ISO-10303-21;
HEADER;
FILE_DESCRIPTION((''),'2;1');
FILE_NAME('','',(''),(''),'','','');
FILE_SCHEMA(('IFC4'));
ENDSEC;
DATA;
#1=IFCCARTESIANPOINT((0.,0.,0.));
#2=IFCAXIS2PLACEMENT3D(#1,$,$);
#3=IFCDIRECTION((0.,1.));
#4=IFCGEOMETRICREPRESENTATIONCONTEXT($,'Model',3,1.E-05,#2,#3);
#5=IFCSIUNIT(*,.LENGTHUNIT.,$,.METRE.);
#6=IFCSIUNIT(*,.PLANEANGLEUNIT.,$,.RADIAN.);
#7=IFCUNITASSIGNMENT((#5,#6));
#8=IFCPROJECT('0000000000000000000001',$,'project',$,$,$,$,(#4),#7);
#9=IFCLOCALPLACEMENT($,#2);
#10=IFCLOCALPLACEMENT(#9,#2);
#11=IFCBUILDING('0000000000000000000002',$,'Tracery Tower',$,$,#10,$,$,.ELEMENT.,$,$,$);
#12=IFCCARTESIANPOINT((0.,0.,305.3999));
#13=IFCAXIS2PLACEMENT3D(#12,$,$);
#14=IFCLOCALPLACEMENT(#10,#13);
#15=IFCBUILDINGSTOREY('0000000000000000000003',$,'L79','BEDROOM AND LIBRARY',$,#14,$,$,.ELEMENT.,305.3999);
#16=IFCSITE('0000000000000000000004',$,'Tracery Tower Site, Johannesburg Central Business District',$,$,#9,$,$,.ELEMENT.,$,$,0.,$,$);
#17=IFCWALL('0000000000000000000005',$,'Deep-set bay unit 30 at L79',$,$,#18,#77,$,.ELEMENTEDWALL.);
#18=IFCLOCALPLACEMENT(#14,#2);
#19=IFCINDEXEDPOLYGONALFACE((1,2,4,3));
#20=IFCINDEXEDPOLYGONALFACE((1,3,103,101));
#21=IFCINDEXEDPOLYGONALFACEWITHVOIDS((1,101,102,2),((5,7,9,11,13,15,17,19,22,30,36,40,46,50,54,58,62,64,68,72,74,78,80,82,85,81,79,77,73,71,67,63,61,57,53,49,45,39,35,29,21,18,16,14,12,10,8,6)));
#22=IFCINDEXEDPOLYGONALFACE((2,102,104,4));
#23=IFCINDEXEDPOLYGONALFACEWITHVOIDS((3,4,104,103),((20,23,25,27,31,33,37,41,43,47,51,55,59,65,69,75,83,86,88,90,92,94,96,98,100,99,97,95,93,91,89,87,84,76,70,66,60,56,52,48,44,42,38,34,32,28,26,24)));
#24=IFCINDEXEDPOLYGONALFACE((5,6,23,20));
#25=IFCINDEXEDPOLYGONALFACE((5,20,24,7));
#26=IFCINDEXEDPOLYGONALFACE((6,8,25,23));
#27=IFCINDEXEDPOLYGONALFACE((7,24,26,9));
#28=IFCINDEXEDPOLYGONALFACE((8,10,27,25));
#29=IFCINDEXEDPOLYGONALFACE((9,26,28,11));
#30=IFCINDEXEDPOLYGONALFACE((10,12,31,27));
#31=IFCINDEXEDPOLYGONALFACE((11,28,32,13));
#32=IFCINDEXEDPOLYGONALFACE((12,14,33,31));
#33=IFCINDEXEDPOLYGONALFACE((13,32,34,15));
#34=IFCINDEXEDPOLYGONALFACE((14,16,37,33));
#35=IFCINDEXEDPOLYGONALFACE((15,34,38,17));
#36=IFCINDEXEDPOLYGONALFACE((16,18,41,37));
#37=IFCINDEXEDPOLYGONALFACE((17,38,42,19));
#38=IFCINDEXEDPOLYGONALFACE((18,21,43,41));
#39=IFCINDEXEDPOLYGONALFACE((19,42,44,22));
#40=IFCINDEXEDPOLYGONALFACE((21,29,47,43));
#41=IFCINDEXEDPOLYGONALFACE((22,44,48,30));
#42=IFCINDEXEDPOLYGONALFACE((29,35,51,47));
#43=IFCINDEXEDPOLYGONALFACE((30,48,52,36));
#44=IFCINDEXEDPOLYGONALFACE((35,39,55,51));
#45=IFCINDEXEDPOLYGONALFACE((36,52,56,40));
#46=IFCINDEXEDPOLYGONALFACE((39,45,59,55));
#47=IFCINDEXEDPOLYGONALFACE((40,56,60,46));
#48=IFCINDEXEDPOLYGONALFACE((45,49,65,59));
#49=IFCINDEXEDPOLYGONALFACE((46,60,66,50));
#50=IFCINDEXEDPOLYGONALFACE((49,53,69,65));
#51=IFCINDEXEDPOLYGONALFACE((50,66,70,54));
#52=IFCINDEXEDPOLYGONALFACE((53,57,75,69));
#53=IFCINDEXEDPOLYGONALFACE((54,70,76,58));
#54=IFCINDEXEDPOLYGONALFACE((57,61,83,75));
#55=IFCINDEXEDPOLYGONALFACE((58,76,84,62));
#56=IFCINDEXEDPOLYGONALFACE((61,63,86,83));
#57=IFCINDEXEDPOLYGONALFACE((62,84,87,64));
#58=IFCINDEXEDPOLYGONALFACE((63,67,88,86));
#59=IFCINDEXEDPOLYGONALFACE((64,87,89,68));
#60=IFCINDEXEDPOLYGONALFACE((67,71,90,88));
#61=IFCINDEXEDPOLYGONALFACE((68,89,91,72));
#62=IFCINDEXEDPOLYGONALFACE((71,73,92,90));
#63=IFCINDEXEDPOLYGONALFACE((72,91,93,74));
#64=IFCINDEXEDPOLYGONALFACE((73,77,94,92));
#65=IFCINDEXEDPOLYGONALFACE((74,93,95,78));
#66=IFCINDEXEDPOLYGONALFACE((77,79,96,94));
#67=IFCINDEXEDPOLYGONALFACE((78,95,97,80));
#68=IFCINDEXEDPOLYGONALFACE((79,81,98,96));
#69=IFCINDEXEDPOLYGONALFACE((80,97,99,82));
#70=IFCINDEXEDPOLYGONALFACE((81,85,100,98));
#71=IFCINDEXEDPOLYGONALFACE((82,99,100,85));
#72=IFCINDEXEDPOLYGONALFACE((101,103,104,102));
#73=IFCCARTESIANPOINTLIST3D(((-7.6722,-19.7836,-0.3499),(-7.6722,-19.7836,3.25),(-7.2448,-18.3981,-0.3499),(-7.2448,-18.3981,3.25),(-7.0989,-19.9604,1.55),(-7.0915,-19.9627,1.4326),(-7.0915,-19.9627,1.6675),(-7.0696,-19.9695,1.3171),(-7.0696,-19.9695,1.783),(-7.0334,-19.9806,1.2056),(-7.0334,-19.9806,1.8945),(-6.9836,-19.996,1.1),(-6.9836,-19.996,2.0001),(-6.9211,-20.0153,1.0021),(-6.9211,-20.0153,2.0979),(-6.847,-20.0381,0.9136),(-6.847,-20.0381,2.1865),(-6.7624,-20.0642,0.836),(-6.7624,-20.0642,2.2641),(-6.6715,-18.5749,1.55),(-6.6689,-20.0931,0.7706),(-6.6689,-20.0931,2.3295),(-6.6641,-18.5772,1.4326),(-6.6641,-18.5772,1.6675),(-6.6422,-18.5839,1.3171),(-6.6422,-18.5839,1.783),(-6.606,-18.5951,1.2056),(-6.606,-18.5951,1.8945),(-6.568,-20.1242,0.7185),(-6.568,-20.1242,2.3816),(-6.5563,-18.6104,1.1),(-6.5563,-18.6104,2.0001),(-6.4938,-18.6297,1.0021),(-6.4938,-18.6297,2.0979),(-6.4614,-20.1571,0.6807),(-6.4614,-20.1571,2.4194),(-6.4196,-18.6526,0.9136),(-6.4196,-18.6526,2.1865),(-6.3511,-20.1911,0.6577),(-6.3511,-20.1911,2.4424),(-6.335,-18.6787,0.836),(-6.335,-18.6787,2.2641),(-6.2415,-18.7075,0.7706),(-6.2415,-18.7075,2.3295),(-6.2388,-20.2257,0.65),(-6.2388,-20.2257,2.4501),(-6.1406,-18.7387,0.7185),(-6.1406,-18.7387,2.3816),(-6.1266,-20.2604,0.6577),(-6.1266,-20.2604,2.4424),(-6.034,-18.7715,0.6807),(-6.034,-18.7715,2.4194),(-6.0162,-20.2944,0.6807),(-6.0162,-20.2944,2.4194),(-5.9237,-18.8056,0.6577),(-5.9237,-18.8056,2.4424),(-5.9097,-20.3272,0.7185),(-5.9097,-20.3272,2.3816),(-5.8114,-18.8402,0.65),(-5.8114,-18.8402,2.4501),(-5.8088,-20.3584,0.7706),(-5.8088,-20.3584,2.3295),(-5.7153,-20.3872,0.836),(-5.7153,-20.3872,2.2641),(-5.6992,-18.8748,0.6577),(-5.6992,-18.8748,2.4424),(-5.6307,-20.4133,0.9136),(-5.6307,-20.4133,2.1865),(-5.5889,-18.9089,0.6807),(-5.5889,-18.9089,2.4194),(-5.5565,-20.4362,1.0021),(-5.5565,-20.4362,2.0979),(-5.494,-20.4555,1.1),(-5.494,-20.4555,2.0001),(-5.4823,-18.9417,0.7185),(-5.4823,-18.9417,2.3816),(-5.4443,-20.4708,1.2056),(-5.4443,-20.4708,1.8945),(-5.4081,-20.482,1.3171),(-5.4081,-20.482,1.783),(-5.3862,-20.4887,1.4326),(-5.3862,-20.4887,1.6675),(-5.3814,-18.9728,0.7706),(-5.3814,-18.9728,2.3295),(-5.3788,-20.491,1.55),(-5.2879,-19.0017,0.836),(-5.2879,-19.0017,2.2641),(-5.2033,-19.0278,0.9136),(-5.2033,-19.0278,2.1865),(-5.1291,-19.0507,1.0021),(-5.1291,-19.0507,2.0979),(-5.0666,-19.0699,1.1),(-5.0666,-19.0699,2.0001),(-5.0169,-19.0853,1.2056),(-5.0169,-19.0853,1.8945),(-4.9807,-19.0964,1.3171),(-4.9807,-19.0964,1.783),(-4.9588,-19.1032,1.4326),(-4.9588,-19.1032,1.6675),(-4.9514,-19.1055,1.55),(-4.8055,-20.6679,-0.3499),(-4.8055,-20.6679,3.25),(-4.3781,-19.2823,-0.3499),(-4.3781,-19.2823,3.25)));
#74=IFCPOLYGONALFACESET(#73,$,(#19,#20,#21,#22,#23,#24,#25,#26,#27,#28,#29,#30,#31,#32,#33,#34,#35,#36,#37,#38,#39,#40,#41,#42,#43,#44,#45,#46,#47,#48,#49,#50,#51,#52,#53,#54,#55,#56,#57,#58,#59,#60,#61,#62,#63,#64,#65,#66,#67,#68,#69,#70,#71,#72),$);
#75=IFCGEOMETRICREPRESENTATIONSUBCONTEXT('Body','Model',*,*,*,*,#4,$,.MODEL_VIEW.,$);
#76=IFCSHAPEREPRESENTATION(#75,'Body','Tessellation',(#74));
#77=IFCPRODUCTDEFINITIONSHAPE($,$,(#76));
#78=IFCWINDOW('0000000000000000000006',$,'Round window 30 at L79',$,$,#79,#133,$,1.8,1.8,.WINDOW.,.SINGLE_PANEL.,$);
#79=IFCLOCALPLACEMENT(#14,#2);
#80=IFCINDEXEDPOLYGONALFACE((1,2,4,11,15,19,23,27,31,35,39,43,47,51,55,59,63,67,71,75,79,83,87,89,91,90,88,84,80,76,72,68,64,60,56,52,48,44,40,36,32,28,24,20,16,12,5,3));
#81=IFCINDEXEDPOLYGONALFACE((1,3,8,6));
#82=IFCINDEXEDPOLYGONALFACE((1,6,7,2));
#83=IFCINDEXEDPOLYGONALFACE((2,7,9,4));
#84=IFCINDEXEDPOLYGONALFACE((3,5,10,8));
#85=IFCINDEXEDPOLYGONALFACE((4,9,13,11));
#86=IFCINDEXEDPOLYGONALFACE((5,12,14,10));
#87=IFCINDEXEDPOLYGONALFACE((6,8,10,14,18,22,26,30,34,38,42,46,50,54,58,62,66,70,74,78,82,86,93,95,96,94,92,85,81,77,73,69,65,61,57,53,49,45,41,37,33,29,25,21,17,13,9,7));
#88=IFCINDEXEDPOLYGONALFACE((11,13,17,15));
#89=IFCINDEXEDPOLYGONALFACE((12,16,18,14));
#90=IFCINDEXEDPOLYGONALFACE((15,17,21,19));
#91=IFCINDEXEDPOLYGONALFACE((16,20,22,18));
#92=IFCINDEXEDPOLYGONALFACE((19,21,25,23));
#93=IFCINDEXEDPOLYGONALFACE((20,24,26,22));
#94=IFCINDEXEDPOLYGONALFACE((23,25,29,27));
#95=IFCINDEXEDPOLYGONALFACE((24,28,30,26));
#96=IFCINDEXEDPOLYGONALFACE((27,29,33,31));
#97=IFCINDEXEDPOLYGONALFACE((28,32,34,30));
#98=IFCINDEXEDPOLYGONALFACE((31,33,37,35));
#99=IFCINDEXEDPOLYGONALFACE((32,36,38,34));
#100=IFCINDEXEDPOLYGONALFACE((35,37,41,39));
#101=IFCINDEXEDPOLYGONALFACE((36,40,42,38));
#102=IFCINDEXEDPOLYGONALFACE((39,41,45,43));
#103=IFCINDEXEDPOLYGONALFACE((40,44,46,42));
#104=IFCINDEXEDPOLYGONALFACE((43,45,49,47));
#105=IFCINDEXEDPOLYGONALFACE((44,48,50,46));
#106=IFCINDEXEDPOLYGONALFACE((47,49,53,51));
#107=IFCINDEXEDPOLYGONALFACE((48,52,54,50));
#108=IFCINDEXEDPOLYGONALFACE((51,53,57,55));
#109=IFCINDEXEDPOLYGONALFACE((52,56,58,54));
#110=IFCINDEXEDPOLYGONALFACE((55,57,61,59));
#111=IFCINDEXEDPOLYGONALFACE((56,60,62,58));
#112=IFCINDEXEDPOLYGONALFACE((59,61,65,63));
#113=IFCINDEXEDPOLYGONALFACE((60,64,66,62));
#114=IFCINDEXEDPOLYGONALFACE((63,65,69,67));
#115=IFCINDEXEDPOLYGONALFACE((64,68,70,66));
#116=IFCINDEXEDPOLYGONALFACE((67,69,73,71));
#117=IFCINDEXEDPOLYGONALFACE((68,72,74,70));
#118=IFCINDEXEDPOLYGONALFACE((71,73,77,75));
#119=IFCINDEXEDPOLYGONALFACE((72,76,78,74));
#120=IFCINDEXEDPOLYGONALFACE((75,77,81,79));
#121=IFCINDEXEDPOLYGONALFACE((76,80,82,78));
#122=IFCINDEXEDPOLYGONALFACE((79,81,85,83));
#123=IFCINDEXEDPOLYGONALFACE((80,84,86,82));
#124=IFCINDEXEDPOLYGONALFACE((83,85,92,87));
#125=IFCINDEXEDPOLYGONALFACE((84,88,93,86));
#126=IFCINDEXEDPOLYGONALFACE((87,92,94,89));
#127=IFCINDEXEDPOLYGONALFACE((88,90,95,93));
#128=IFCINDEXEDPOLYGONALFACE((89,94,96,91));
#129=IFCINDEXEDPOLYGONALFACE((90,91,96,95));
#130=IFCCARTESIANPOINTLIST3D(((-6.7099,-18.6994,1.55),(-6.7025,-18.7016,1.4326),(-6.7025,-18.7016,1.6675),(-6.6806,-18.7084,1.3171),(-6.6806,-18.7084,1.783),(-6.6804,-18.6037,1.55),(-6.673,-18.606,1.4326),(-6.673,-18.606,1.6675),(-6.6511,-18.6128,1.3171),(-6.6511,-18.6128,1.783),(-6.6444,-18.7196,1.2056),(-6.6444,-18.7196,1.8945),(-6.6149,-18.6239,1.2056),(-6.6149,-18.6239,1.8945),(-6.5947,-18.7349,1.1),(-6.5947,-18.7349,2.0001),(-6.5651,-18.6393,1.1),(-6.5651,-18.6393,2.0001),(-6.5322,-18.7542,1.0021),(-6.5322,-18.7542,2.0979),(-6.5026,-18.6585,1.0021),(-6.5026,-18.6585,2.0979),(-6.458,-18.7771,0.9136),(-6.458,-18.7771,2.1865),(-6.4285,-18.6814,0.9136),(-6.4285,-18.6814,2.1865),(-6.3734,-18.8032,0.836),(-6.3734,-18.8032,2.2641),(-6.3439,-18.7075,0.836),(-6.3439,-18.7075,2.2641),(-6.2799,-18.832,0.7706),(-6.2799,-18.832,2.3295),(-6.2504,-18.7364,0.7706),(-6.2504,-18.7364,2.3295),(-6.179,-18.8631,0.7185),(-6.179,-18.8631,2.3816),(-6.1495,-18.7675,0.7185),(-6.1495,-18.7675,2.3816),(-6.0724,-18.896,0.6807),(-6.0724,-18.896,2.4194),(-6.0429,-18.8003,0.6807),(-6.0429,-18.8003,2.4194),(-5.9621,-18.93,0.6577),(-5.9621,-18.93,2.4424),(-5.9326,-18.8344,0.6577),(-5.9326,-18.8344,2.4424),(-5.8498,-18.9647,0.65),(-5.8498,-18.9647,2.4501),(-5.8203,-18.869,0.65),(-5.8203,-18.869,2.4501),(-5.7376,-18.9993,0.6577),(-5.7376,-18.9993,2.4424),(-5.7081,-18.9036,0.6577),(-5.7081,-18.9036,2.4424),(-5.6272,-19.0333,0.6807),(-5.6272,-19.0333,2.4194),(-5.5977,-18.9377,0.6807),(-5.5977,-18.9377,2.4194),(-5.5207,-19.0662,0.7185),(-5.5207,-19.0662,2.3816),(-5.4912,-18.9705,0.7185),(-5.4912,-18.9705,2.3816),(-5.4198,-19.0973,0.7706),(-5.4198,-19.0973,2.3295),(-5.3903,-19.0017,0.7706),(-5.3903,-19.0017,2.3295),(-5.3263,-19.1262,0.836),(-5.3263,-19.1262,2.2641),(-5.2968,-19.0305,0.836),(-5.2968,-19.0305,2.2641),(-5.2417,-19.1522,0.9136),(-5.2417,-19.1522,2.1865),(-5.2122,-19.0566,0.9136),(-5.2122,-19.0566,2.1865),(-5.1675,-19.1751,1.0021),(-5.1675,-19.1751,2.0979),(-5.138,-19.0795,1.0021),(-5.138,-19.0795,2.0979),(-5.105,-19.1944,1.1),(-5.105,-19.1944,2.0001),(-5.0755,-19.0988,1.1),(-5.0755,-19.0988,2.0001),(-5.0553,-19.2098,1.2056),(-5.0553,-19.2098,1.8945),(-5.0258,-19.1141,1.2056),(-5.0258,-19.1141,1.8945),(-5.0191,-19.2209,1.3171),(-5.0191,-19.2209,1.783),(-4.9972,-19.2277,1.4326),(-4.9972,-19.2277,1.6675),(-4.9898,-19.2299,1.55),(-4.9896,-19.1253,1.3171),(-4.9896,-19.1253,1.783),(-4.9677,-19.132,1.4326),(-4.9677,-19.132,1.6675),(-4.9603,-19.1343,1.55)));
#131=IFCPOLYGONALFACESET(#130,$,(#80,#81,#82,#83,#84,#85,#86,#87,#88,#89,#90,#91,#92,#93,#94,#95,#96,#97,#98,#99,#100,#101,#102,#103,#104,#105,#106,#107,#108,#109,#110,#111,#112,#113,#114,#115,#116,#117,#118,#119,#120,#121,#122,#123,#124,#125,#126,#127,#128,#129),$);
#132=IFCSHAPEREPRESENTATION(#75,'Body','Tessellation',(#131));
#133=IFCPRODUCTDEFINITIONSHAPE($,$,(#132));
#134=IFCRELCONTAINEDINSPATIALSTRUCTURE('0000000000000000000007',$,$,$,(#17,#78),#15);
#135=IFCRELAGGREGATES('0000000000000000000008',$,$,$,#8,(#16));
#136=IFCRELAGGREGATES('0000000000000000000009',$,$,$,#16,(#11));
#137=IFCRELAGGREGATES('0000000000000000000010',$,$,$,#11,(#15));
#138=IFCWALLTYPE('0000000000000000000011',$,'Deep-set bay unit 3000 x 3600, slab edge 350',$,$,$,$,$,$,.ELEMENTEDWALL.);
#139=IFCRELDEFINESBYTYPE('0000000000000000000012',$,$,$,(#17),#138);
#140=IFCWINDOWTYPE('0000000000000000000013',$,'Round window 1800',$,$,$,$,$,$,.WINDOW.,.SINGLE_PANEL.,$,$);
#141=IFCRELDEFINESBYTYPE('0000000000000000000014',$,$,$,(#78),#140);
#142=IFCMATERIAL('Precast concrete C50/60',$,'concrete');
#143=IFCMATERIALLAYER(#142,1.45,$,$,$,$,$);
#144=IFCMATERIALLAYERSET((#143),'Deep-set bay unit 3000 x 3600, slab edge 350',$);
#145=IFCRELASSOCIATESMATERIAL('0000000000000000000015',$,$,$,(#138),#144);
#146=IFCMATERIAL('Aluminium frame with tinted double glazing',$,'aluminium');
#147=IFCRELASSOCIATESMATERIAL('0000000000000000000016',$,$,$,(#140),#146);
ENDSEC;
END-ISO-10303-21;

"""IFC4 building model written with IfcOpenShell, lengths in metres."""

from ifc_helpers import new_model, si_unit, direction, frame, frame_2d, origin, origin_2d, place, context, subcontext, project, spatial, rectangle, circle, extrude, material, layer, layer_set, type_object, element, fill, save


model = new_model("IFC4")

# Units and contexts
model_context = context("Model", 3, precision=1e-05, world=origin(), true_north=direction((0.0, 1.0)))
body_context = subcontext(model_context, "Body", "Model", "MODEL_VIEW")
ifc_project = project(units=[si_unit("LENGTHUNIT", "METRE"), si_unit("PLANEANGLEUNIT", "RADIAN")], contexts=[model_context])

# Site, building, storey
site_placement = place(None, origin())
site = spatial("IfcSite", under=ifc_project, at=site_placement, Name="Tracery Tower Site, Johannesburg Central Business District", CompositionType="ELEMENT", RefElevation=0.0)
building_placement = place(site_placement, origin())
building = spatial("IfcBuilding", under=site, at=building_placement, Name="Tracery Tower", CompositionType="ELEMENT")
storey_placement = place(building_placement, frame((0.0, 0.0, 305.3999)))
storey = spatial("IfcBuildingStorey", under=building, at=storey_placement, Name="L79", Description="BEDROOM AND LIBRARY", CompositionType="ELEMENT", Elevation=305.3999)

# Wall, opening, window
ifc_material_1 = material(Name="Precast concrete C50/60", Category="concrete")
ifc_layer_1 = layer(ifc_material_1, 1.45)
ifc_layer_set_1 = layer_set([ifc_layer_1], Name="Deep-set bay unit 3000 x 3600, slab edge 350")
wall_type_1 = type_object("IfcWallType", Name="Deep-set bay unit 3000 x 3600, slab edge 350", PredefinedType="ELEMENTEDWALL", material=ifc_layer_set_1)
wall_1_placement = place(storey_placement, frame((-7.4585, -19.0908, -0.3499), z_axis=(0.0, 0.0, 1.0), x_axis=(0.955571, -0.294761, 0.0)))
wall_1 = element("IfcWall", 1, at=wall_1_placement, inside=storey, type_object=wall_type_1, Name="Deep-set bay unit 30 at L79", PredefinedType="ELEMENTEDWALL", context=body_context, shape_type="SweptSolid", body=[
    extrude(rectangle(XDim=3.0, YDim=1.45, at=frame_2d((1.5, 0.0))), origin(), (0.0, 0.0, 1.0), 3.5999),
])
opening_1_placement = place(wall_1_placement, frame((1.5, 0.0, 1.8999)))
opening_1 = element("IfcOpeningElement", 2, at=opening_1_placement, cuts=wall_1, PredefinedType="OPENING", context=body_context, shape_type="SweptSolid", body=[
    extrude(circle(Radius=0.9, at=origin_2d()), frame((0.0, 0.7349, 0.0), z_axis=(0.0, -1.0, 0.0), x_axis=(1.0, 0.0, 0.0)), (0.0, 0.0, 1.0), 1.47),
])
ifc_material_2 = material(Name="Aluminium frame with tinted double glazing", Category="aluminium")
window_type = type_object("IfcWindowType", Name="Round window 1800", PartitioningType="SINGLE_PANEL", PredefinedType="WINDOW", material=ifc_material_2)
window_1_placement = place(opening_1_placement, origin())
window_1 = element("IfcWindow", 3, at=window_1_placement, inside=storey, type_object=window_type, Name="Round window 30 at L79", OverallHeight=1.8, OverallWidth=1.8, PartitioningType="SINGLE_PANEL", PredefinedType="WINDOW", context=body_context, shape_type="SweptSolid", body=[
    extrude(circle(Radius=0.9, at=origin_2d()), frame((0.0, 0.6948, 0.0), z_axis=(0.0, -1.0, 0.0), x_axis=(1.0, 0.0, 0.0)), (0.0, 0.0, 1.0), 0.1001),
])
fill(opening_1, window_1)

save(model, "model.ifc")
